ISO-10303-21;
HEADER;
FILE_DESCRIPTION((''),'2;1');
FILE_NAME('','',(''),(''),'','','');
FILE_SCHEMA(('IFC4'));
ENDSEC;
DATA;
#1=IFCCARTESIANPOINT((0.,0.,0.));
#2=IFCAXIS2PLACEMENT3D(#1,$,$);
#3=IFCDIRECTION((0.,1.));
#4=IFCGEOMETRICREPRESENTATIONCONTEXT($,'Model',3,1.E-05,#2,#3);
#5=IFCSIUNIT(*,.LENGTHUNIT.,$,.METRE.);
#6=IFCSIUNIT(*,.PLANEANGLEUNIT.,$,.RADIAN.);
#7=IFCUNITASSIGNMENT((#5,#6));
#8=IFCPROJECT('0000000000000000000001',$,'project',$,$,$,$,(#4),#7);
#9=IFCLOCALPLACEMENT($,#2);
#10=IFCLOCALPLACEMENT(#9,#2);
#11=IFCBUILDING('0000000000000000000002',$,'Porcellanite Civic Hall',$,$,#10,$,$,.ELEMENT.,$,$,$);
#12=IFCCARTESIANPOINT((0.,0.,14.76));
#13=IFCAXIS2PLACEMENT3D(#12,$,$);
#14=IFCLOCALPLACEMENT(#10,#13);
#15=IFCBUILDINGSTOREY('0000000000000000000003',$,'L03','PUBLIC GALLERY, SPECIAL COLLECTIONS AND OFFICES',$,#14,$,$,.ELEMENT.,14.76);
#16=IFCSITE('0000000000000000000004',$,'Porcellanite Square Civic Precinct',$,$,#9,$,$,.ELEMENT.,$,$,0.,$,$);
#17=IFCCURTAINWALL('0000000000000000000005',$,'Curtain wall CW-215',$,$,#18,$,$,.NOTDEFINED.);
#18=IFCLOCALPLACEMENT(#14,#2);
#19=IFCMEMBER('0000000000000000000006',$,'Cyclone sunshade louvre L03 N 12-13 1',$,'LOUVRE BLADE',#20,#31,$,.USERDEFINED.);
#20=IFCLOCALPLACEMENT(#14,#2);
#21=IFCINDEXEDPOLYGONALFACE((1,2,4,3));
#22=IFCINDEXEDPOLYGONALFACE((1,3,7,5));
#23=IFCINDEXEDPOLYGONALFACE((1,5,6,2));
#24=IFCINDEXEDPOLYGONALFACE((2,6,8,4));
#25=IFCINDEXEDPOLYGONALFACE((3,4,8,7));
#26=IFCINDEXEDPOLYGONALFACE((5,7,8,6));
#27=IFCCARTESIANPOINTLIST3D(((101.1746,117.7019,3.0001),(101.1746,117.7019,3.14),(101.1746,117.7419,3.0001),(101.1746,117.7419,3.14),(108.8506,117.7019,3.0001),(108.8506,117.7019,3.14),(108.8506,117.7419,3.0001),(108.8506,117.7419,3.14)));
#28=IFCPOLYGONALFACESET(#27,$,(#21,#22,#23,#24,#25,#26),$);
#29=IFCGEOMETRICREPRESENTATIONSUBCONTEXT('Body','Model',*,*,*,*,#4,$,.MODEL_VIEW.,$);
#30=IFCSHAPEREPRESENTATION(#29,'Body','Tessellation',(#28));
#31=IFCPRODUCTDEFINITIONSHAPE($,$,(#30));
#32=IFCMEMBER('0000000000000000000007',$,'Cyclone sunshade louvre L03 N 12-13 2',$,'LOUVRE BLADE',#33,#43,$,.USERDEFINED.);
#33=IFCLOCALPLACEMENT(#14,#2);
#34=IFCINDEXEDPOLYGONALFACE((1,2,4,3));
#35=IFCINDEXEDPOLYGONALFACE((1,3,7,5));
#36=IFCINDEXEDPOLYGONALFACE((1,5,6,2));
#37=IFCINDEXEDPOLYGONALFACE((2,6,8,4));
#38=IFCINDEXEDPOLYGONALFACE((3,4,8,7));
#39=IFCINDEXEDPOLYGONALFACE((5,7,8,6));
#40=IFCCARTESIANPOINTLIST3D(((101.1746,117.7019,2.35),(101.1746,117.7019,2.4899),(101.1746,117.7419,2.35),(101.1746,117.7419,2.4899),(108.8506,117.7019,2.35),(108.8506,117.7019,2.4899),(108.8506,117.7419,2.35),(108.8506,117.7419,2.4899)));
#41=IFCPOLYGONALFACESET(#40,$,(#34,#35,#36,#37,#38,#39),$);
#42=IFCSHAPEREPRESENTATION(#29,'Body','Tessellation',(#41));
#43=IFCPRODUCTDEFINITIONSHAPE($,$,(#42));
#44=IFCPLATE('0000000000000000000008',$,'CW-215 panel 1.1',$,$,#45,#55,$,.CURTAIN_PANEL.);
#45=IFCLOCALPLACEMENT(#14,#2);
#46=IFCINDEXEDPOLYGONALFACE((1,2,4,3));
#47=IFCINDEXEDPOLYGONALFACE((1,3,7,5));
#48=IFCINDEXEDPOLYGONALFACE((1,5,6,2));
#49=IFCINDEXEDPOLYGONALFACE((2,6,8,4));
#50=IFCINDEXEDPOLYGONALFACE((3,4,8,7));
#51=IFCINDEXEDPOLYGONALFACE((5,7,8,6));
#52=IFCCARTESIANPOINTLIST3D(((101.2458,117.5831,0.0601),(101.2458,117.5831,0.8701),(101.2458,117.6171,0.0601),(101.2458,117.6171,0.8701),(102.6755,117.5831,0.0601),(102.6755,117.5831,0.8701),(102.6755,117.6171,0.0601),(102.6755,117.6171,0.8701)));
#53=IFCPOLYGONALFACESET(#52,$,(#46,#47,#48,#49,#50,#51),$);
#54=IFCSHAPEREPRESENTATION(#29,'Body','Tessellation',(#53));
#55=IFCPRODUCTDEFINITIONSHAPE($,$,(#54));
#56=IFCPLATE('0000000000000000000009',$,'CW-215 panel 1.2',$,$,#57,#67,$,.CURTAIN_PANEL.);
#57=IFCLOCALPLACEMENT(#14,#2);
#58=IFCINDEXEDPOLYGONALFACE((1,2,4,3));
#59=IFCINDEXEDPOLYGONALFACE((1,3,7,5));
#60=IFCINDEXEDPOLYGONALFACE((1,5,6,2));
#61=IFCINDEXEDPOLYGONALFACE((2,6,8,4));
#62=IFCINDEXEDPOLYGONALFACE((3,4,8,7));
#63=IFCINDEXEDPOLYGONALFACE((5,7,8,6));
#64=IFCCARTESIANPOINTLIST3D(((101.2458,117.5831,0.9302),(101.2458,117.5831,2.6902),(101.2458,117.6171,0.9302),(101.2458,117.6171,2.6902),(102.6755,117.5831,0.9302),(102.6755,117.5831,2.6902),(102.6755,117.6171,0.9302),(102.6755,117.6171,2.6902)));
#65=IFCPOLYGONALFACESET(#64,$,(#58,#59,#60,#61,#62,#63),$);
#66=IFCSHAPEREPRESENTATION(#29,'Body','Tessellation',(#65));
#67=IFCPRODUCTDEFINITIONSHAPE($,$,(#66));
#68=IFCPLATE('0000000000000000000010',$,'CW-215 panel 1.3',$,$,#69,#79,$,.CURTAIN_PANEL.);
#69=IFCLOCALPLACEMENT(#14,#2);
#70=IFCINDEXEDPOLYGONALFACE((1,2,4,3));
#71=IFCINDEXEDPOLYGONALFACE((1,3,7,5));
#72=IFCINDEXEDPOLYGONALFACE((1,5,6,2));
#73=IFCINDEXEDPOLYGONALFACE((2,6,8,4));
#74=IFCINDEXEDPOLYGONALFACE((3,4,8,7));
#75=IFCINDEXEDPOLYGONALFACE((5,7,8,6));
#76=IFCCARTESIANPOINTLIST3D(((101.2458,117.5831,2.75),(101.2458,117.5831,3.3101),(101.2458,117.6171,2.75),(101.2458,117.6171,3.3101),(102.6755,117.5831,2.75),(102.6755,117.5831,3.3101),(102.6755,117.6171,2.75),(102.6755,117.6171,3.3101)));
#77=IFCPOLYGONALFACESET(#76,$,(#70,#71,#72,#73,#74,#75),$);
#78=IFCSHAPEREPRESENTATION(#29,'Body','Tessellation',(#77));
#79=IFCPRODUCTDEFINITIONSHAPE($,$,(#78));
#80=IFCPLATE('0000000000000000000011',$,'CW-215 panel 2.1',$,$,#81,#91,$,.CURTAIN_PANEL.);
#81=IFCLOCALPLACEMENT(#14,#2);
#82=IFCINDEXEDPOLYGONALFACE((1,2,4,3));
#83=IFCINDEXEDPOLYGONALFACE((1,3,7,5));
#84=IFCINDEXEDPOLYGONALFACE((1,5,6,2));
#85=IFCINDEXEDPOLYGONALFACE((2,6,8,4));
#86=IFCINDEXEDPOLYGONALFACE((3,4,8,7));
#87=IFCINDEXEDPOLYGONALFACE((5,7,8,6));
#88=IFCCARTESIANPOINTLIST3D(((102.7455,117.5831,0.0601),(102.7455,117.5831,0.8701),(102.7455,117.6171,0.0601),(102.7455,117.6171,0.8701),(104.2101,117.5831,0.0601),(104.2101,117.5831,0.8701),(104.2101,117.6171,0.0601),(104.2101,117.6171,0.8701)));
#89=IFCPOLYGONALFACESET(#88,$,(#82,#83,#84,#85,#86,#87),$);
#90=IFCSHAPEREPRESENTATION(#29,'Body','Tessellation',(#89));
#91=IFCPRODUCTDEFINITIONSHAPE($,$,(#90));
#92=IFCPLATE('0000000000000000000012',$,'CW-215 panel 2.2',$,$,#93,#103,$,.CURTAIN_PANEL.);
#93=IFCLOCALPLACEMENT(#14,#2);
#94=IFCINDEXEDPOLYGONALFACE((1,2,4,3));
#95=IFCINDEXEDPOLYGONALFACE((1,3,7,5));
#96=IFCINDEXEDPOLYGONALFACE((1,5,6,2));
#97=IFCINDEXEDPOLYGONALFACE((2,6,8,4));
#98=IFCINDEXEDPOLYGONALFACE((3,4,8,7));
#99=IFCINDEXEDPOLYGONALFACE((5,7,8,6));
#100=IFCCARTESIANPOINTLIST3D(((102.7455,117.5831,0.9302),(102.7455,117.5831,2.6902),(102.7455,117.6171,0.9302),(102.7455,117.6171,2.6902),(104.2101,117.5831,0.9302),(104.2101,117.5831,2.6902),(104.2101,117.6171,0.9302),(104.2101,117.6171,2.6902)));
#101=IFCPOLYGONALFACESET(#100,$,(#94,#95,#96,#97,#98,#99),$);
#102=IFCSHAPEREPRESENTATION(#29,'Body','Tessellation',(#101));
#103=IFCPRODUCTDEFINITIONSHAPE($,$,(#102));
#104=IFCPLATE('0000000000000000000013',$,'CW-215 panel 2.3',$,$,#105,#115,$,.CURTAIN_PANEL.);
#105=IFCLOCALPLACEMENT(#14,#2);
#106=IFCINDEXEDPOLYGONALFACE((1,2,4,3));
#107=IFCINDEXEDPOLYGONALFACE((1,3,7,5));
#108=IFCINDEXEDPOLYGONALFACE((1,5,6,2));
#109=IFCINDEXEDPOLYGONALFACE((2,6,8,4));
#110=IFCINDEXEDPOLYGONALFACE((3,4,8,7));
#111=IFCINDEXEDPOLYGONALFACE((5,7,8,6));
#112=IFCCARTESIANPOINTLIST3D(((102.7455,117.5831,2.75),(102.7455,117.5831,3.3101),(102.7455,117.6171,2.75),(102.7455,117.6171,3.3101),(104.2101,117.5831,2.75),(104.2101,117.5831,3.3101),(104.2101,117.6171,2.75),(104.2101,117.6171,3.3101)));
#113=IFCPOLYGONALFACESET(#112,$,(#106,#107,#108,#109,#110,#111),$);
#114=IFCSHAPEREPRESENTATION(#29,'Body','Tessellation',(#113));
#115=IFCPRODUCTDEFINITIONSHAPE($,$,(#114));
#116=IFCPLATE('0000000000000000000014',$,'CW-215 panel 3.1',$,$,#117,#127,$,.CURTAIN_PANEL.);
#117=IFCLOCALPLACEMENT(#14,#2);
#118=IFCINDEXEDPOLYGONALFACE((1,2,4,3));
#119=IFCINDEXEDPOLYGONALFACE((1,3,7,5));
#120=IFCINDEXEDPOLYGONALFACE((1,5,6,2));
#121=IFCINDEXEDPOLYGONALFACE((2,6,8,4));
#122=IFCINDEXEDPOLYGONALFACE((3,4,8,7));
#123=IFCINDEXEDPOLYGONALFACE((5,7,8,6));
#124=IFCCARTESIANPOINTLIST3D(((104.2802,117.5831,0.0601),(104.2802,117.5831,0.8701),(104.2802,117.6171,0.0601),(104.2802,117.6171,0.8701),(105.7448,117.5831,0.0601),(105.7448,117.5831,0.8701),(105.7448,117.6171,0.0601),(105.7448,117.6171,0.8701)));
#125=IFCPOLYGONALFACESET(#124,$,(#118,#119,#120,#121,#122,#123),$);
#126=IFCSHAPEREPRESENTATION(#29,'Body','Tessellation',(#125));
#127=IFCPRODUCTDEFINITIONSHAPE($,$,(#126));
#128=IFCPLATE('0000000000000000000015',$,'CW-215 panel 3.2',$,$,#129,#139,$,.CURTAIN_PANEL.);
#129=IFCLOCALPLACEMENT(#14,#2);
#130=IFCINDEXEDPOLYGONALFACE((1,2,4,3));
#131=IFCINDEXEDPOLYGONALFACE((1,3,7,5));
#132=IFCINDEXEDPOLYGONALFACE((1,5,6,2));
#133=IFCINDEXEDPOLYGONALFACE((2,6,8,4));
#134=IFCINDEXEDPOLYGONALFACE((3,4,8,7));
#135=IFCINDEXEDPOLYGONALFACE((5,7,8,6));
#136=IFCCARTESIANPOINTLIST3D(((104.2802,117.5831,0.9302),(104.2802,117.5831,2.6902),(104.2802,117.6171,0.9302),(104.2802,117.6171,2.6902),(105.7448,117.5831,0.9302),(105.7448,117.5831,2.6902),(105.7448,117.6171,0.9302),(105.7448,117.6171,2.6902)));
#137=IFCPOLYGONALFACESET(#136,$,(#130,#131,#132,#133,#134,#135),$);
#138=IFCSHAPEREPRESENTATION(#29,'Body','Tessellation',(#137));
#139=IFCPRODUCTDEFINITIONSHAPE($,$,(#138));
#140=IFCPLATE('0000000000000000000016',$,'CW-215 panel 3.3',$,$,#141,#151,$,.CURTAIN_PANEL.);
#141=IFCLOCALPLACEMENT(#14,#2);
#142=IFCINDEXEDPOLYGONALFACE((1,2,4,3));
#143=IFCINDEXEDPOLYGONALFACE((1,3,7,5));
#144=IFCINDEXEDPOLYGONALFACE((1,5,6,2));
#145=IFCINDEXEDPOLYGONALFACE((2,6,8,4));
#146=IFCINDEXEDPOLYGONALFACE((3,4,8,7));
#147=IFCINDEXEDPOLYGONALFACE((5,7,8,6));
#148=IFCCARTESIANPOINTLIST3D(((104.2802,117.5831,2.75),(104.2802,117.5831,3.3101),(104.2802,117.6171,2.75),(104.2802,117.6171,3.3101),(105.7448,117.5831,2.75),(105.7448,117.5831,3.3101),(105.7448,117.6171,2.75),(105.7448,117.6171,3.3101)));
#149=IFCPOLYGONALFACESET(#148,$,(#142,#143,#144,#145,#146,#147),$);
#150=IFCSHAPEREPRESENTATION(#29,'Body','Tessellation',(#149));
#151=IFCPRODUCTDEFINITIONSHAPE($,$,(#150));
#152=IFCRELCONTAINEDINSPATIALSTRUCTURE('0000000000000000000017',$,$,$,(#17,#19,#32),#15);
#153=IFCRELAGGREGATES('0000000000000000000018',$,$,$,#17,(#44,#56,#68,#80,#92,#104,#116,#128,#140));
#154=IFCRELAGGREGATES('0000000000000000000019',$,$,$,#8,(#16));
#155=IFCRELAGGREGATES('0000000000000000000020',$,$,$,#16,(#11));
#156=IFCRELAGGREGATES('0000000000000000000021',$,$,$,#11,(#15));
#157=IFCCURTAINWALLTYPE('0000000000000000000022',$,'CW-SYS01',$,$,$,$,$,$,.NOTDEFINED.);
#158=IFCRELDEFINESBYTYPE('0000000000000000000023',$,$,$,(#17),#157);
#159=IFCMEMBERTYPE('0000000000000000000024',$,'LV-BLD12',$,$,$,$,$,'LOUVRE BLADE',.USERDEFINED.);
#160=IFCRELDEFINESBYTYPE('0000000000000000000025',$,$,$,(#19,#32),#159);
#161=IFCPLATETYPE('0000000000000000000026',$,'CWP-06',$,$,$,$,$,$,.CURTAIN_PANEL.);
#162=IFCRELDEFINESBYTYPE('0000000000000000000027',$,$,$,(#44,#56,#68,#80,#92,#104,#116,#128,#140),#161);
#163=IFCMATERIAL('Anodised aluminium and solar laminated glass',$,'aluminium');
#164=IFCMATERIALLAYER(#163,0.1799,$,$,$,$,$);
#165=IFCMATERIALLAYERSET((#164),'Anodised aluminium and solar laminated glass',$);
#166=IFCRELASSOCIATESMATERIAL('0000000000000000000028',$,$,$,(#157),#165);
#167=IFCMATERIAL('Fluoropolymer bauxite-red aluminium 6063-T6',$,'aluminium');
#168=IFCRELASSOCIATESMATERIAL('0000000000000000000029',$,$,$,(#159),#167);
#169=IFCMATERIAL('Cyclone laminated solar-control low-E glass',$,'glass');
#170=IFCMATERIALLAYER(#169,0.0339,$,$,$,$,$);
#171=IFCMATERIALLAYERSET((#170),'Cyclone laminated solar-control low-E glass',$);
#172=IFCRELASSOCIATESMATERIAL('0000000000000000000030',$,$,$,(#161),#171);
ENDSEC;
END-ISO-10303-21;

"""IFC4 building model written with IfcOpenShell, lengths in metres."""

from ifc_helpers import new_model, si_unit, direction, frame, origin, origin_2d, place, context, subcontext, project, spatial, rectangle, extrude, material, layer, layer_set, material_profile, profile_set, type_object, element, aggregate, save


model = new_model("IFC4")

# Units and contexts
model_context = context("Model", 3, precision=1e-05, world=origin(), true_north=direction((0.0, 1.0)))
body_context = subcontext(model_context, "Body", "Model", "MODEL_VIEW")
ifc_project = project(units=[si_unit("LENGTHUNIT", "METRE"), si_unit("PLANEANGLEUNIT", "RADIAN")], contexts=[model_context])

# Site, building, storey
site_placement = place(None, origin())
site = spatial("IfcSite", under=ifc_project, at=site_placement, Name="Porcellanite Square Civic Precinct", CompositionType="ELEMENT", RefElevation=0.0)
building_placement = place(site_placement, origin())
building = spatial("IfcBuilding", under=site, at=building_placement, Name="Porcellanite Civic Hall", CompositionType="ELEMENT")
storey_placement = place(building_placement, frame((0.0, 0.0, 14.76)))
storey = spatial("IfcBuildingStorey", under=building, at=storey_placement, Name="L03", Description="PUBLIC GALLERY, SPECIAL COLLECTIONS AND OFFICES", CompositionType="ELEMENT", Elevation=14.76)

# Curtain wall
ifc_material_1 = material(Name="Anodised aluminium and solar laminated glass", Category="aluminium")
ifc_layer_1 = layer(ifc_material_1, 0.1799)
ifc_layer_set_1 = layer_set([ifc_layer_1], Name="Anodised aluminium and solar laminated glass")
curtain_wall_type = type_object("IfcCurtainWallType", Name="CW-SYS01", PredefinedType="NOTDEFINED", material=ifc_layer_set_1)
curtain_wall_placement = place(storey_placement, origin())
curtain_wall = element("IfcCurtainWall", 1, at=curtain_wall_placement, inside=storey, type_object=curtain_wall_type, Name="Curtain wall CW-215", PredefinedType="NOTDEFINED")

# Members
ifc_material_2 = material(Name="Fluoropolymer bauxite-red aluminium 6063-T6", Category="aluminium")
ifc_material_profile_1 = material_profile(ifc_material_2, rectangle(XDim=0.04, YDim=0.1399, at=origin_2d()), Name="AL-40x140")
ifc_profile_set_1 = profile_set([ifc_material_profile_1], Name="Fluoropolymer bauxite-red aluminium 6063-T6")
member_type_1 = type_object("IfcMemberType", Name="LV-BLD12", ElementType="LOUVRE BLADE", PredefinedType="USERDEFINED", material=ifc_profile_set_1)
for number, where, z_axis, x_axis, name in (
    (2, (101.1746, 117.7219, 3.0701), (1.0, 0.0, 0.0), (0.0, 1.0, 0.0), "Cyclone sunshade louvre L03 N 12-13 1"),
    (3, (101.1746, 117.7219, 2.4199), (1.0, 0.0, 0.0), (0.0, 1.0, 0.0), "Cyclone sunshade louvre L03 N 12-13 2"),
):
    element("IfcMember", number, at=place(storey_placement, frame(where, z_axis=z_axis, x_axis=x_axis)), inside=storey, type_object=member_type_1, Name=name, ObjectType="LOUVRE BLADE", PredefinedType="USERDEFINED", context=body_context, shape_type="SweptSolid", body=[
        extrude(rectangle(XDim=0.04, YDim=0.1399, at=origin_2d()), origin(), (0.0, 0.0, 1.0), 7.676),
    ])

# Plates
ifc_material_3 = material(Name="Cyclone laminated solar-control low-E glass", Category="glass")
ifc_layer_2 = layer(ifc_material_3, 0.0339)
ifc_layer_set_2 = layer_set([ifc_layer_2], Name="Cyclone laminated solar-control low-E glass")
plate_type = type_object("IfcPlateType", Name="CWP-06", PredefinedType="CURTAIN_PANEL", material=ifc_layer_set_2)
plate_1_placement = place(storey_placement, frame((101.9607, 117.6001, 0.0601), z_axis=(0.0, 0.0, 1.0), x_axis=(1.0, 0.0, 0.0)))
plate_1 = element("IfcPlate", 4, at=plate_1_placement, type_object=plate_type, Name="CW-215 panel 1.1", PredefinedType="CURTAIN_PANEL", context=body_context, shape_type="SweptSolid", body=[
    extrude(rectangle(XDim=1.4297, YDim=0.0339, at=origin_2d()), origin(), (0.0, 0.0, 1.0), 0.8101),
])
plate_2_placement = place(storey_placement, frame((101.9607, 117.6001, 0.9302), z_axis=(0.0, 0.0, 1.0), x_axis=(1.0, 0.0, 0.0)))
plate_2 = element("IfcPlate", 5, at=plate_2_placement, type_object=plate_type, Name="CW-215 panel 1.2", PredefinedType="CURTAIN_PANEL", context=body_context, shape_type="SweptSolid", body=[
    extrude(rectangle(XDim=1.4297, YDim=0.0339, at=origin_2d()), origin(), (0.0, 0.0, 1.0), 1.76),
])
plate_3_placement = place(storey_placement, frame((101.9607, 117.6001, 2.75), z_axis=(0.0, 0.0, 1.0), x_axis=(1.0, 0.0, 0.0)))
plate_3 = element("IfcPlate", 6, at=plate_3_placement, type_object=plate_type, Name="CW-215 panel 1.3", PredefinedType="CURTAIN_PANEL", context=body_context, shape_type="SweptSolid", body=[
    extrude(rectangle(XDim=1.4297, YDim=0.0339, at=origin_2d()), origin(), (0.0, 0.0, 1.0), 0.5601),
])
plate_4_placement = place(storey_placement, frame((103.4778, 117.6001, 0.0601), z_axis=(0.0, 0.0, 1.0), x_axis=(1.0, 0.0, 0.0)))
plate_4 = element("IfcPlate", 7, at=plate_4_placement, type_object=plate_type, Name="CW-215 panel 2.1", PredefinedType="CURTAIN_PANEL", context=body_context, shape_type="SweptSolid", body=[
    extrude(rectangle(XDim=1.4646, YDim=0.0339, at=origin_2d()), origin(), (0.0, 0.0, 1.0), 0.8101),
])
plate_5_placement = place(storey_placement, frame((103.4778, 117.6001, 0.9302), z_axis=(0.0, 0.0, 1.0), x_axis=(1.0, 0.0, 0.0)))
plate_5 = element("IfcPlate", 8, at=plate_5_placement, type_object=plate_type, Name="CW-215 panel 2.2", PredefinedType="CURTAIN_PANEL", context=body_context, shape_type="SweptSolid", body=[
    extrude(rectangle(XDim=1.4646, YDim=0.0339, at=origin_2d()), origin(), (0.0, 0.0, 1.0), 1.76),
])
plate_6_placement = place(storey_placement, frame((103.4778, 117.6001, 2.75), z_axis=(0.0, 0.0, 1.0), x_axis=(1.0, 0.0, 0.0)))
plate_6 = element("IfcPlate", 9, at=plate_6_placement, type_object=plate_type, Name="CW-215 panel 2.3", PredefinedType="CURTAIN_PANEL", context=body_context, shape_type="SweptSolid", body=[
    extrude(rectangle(XDim=1.4646, YDim=0.0339, at=origin_2d()), origin(), (0.0, 0.0, 1.0), 0.5601),
])
plate_7_placement = place(storey_placement, frame((105.0125, 117.6001, 0.0601), z_axis=(0.0, 0.0, 1.0), x_axis=(1.0, 0.0, 0.0)))
plate_7 = element("IfcPlate", 10, at=plate_7_placement, type_object=plate_type, Name="CW-215 panel 3.1", PredefinedType="CURTAIN_PANEL", context=body_context, shape_type="SweptSolid", body=[
    extrude(rectangle(XDim=1.4646, YDim=0.0339, at=origin_2d()), origin(), (0.0, 0.0, 1.0), 0.8101),
])
plate_8_placement = place(storey_placement, frame((105.0125, 117.6001, 0.9302), z_axis=(0.0, 0.0, 1.0), x_axis=(1.0, 0.0, 0.0)))
plate_8 = element("IfcPlate", 11, at=plate_8_placement, type_object=plate_type, Name="CW-215 panel 3.2", PredefinedType="CURTAIN_PANEL", context=body_context, shape_type="SweptSolid", body=[
    extrude(rectangle(XDim=1.4646, YDim=0.0339, at=origin_2d()), origin(), (0.0, 0.0, 1.0), 1.76),
])
plate_9_placement = place(storey_placement, frame((105.0125, 117.6001, 2.75), z_axis=(0.0, 0.0, 1.0), x_axis=(1.0, 0.0, 0.0)))
plate_9 = element("IfcPlate", 12, at=plate_9_placement, type_object=plate_type, Name="CW-215 panel 3.3", PredefinedType="CURTAIN_PANEL", context=body_context, shape_type="SweptSolid", body=[
    extrude(rectangle(XDim=1.4646, YDim=0.0339, at=origin_2d()), origin(), (0.0, 0.0, 1.0), 0.5601),
])
aggregate(curtain_wall, [plate_1, plate_2, plate_3, plate_4, plate_5, plate_6, plate_7, plate_8, plate_9])

save(model, "model.ifc")
